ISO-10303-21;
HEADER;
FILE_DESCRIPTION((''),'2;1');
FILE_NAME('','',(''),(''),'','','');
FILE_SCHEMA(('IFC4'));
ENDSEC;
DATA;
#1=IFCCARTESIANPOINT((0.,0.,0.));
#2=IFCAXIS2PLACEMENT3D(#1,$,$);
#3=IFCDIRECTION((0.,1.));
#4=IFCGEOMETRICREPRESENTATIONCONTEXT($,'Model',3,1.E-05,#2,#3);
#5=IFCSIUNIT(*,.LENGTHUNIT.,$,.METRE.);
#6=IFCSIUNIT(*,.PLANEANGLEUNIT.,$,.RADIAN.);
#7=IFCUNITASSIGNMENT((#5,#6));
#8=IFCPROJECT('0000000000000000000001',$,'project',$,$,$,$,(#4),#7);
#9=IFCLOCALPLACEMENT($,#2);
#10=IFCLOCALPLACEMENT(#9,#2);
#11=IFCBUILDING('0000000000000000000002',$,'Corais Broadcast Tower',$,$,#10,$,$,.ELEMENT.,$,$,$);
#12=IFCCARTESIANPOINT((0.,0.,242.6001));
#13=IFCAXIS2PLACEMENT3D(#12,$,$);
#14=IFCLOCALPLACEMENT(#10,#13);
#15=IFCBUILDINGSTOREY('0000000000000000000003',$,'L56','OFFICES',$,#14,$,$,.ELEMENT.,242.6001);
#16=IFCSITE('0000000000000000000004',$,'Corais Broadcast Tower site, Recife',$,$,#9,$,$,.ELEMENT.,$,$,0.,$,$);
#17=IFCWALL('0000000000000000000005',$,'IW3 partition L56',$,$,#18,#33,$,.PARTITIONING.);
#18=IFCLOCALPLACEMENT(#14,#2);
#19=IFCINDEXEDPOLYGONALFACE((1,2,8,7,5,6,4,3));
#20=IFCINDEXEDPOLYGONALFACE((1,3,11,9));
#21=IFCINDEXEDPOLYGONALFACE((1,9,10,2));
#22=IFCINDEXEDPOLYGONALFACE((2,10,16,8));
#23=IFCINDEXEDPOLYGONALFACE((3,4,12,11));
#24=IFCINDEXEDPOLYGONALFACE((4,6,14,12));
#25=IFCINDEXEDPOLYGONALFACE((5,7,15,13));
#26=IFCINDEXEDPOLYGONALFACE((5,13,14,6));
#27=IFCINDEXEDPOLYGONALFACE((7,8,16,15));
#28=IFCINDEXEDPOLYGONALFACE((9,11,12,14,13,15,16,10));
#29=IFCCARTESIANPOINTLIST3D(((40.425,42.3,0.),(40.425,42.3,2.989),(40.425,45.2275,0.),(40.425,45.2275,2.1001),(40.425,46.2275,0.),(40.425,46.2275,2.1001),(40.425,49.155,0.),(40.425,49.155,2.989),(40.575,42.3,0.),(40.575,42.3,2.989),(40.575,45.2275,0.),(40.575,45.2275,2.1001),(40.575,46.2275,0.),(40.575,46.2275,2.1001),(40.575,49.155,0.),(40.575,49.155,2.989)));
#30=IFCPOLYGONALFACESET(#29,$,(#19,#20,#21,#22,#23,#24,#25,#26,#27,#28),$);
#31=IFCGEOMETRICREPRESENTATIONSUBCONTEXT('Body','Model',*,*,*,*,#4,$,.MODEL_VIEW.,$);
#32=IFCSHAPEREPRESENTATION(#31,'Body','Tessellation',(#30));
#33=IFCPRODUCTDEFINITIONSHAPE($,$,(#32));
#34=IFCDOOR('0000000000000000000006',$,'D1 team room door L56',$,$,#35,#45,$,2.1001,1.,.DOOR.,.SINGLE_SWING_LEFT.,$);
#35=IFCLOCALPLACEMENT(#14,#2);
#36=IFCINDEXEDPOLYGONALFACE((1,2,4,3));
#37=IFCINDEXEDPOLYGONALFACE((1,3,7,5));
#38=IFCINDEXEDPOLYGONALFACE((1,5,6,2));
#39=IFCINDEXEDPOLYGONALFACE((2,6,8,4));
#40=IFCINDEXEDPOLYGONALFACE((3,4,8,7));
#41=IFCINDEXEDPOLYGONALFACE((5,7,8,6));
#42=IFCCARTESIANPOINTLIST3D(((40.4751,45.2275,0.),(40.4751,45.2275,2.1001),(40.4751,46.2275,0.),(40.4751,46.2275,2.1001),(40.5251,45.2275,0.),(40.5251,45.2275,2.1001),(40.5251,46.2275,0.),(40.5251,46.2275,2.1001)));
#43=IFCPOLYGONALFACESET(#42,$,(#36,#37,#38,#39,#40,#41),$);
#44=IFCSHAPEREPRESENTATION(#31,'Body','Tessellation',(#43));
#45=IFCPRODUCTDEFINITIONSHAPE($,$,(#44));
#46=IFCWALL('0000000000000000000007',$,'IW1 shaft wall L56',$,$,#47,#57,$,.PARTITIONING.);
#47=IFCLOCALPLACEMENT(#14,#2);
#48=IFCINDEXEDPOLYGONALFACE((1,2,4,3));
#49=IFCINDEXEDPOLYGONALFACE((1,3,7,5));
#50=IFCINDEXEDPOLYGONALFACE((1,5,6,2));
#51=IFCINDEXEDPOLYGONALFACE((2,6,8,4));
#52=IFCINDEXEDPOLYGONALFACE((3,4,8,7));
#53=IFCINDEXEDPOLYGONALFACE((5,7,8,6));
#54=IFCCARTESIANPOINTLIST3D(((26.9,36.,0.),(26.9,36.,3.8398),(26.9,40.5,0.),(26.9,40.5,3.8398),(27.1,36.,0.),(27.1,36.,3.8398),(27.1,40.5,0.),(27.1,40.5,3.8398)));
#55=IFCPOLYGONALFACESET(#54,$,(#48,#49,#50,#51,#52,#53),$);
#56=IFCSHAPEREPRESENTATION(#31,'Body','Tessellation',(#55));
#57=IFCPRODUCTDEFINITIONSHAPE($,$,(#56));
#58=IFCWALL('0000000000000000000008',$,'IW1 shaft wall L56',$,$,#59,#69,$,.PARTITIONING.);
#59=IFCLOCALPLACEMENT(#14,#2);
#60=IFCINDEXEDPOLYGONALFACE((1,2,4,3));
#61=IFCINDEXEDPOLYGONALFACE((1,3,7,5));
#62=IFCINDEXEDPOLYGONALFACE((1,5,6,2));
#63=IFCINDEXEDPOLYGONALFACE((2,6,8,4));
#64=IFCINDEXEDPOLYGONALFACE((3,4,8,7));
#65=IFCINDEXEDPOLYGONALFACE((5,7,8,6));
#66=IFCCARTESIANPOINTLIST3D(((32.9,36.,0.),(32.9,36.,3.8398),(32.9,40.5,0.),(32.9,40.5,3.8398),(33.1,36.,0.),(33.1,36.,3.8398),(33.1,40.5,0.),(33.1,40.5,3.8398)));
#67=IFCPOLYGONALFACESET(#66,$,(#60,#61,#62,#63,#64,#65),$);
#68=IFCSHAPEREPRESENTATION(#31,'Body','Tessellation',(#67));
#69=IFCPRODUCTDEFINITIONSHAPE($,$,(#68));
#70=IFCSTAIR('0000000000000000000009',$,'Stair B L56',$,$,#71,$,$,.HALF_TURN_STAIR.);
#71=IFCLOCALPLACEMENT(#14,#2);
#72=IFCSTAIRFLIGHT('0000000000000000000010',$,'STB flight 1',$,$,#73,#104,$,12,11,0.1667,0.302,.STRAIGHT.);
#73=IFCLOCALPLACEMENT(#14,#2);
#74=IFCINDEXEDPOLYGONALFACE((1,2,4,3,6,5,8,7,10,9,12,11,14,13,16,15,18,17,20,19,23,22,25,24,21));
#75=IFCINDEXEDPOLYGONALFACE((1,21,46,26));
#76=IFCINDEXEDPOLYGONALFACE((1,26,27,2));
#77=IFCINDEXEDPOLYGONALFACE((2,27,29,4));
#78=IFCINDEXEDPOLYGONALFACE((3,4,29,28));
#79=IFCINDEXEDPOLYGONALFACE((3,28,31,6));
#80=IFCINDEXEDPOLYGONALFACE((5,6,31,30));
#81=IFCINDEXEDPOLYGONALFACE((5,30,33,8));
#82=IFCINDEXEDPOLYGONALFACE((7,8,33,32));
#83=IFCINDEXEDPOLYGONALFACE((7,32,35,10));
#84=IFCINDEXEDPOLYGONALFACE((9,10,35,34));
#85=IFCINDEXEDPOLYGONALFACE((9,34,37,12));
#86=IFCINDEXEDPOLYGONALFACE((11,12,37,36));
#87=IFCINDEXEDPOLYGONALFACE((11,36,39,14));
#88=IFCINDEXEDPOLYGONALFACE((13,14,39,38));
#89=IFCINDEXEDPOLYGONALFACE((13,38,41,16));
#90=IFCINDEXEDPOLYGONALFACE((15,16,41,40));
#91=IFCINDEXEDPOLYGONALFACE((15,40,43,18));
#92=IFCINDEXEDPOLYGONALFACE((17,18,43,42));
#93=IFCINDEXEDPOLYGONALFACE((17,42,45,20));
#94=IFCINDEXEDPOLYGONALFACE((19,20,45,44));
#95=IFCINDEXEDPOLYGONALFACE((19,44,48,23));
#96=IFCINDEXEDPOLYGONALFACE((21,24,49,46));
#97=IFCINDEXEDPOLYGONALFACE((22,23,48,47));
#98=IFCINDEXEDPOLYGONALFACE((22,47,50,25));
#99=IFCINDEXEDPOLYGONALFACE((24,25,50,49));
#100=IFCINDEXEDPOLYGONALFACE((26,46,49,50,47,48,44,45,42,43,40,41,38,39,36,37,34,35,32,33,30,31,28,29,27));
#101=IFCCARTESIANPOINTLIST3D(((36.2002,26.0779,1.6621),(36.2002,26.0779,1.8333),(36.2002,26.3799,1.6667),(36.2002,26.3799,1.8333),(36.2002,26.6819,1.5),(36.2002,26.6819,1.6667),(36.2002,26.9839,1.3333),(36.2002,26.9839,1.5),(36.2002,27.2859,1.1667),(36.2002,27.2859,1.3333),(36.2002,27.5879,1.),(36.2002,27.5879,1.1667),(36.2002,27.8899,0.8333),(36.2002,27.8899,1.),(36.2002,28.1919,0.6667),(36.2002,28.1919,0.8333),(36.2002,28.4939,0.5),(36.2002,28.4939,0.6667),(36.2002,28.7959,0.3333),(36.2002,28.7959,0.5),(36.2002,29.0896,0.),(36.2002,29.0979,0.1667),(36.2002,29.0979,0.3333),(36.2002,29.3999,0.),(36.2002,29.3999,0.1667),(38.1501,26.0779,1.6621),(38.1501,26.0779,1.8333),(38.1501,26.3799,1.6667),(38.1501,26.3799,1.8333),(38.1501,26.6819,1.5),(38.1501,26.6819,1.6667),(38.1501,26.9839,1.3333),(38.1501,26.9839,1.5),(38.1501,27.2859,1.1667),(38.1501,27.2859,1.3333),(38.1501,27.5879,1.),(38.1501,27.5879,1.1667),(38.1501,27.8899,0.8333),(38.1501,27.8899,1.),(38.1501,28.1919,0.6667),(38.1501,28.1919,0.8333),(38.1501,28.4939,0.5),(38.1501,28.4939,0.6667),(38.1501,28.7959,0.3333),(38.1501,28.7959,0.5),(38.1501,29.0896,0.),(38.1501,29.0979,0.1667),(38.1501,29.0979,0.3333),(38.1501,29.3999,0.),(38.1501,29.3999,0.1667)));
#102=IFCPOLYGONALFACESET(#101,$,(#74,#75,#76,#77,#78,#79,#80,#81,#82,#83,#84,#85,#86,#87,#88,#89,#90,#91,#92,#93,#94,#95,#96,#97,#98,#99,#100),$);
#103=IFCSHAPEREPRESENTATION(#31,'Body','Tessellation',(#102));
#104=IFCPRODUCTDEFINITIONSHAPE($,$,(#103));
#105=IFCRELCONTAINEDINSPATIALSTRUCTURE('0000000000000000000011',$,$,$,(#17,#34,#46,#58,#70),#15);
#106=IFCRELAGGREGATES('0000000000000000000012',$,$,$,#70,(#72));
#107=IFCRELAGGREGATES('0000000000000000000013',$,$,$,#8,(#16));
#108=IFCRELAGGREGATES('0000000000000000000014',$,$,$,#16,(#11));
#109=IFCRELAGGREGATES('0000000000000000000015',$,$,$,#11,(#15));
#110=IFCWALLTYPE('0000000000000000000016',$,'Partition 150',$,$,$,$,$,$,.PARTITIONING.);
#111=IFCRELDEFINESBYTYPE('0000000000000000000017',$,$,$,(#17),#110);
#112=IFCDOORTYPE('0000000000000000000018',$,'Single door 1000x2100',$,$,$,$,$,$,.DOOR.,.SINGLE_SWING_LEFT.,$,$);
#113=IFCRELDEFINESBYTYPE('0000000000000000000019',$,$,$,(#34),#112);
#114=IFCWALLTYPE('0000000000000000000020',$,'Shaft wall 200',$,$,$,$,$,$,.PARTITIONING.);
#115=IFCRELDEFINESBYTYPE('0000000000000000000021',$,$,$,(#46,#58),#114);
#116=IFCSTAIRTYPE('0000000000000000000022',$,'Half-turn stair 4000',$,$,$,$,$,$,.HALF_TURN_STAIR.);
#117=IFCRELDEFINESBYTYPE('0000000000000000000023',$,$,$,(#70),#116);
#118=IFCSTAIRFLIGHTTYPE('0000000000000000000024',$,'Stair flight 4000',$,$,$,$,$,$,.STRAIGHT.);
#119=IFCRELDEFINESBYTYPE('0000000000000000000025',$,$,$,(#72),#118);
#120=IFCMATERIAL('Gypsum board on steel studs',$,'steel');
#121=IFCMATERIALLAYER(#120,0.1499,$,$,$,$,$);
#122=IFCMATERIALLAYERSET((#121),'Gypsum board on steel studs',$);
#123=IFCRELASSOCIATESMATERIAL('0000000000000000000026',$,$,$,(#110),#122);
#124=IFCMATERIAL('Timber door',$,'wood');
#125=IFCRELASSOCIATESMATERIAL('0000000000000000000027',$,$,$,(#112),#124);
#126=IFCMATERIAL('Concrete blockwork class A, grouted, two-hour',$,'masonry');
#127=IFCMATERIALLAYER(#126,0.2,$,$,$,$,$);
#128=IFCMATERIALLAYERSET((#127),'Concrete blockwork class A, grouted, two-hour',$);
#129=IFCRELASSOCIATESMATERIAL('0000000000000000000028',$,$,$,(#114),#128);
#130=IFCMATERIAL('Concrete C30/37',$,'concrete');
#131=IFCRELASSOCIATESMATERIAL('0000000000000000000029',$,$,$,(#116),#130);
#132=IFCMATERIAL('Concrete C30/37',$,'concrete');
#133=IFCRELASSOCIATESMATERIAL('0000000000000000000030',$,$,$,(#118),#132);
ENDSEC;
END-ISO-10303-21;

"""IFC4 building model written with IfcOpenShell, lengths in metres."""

from ifc_helpers import new_model, si_unit, direction, frame, frame_2d, origin, place, context, subcontext, project, spatial, polyline, rectangle, outline, extrude, material, layer, layer_set, type_object, element, fill, aggregate, save


model = new_model("IFC4")

# Units and contexts
model_context = context("Model", 3, precision=1e-05, world=origin(), true_north=direction((0.0, 1.0)))
body_context = subcontext(model_context, "Body", "Model", "MODEL_VIEW")
ifc_project = project(units=[si_unit("LENGTHUNIT", "METRE"), si_unit("PLANEANGLEUNIT", "RADIAN")], contexts=[model_context])

# Site, building, storey
site_placement = place(None, origin())
site = spatial("IfcSite", under=ifc_project, at=site_placement, Name="Corais Broadcast Tower site, Recife", CompositionType="ELEMENT", RefElevation=0.0)
building_placement = place(site_placement, origin())
building = spatial("IfcBuilding", under=site, at=building_placement, Name="Corais Broadcast Tower", CompositionType="ELEMENT")
storey_placement = place(building_placement, frame((0.0, 0.0, 242.6001)))
storey = spatial("IfcBuildingStorey", under=building, at=storey_placement, Name="L56", Description="OFFICES", CompositionType="ELEMENT", Elevation=242.6001)

# Shared definitions
ifc_material_1 = material(Name="Gypsum board on steel studs", Category="steel")
ifc_layer_1 = layer(ifc_material_1, 0.1499)
ifc_layer_set_1 = layer_set([ifc_layer_1], Name="Gypsum board on steel studs")
wall_type_1 = type_object("IfcWallType", Name="Partition 150", PredefinedType="PARTITIONING", material=ifc_layer_set_1)
ifc_material_2 = material(Name="Timber door", Category="wood")
door_type = type_object("IfcDoorType", Name="Single door 1000x2100", OperationType="SINGLE_SWING_LEFT", PredefinedType="DOOR", material=ifc_material_2)

# Wall, opening, door
wall_1_placement = place(storey_placement, frame((40.5, 42.3, 0.0), z_axis=(0.0, 0.0, 1.0), x_axis=(0.0, 1.0, 0.0)))
wall_1 = element("IfcWall", 1, at=wall_1_placement, inside=storey, type_object=wall_type_1, Name="IW3 partition L56", PredefinedType="PARTITIONING", context=body_context, shape_type="SweptSolid", body=[
    extrude(rectangle(XDim=6.855, YDim=0.1499, at=frame_2d((3.4275, 0.0))), origin(), (0.0, 0.0, 1.0), 2.989),
])
opening_1_placement = place(wall_1_placement, frame((2.9275, 0.0, 0.0)))
opening_1 = element("IfcOpeningElement", 2, at=opening_1_placement, cuts=wall_1, PredefinedType="OPENING", context=body_context, shape_type="SweptSolid", body=[
    extrude(rectangle(XDim=1.0, YDim=2.1001, at=frame_2d((0.5, 1.05))), frame((0.0, 0.085, 0.0), z_axis=(0.0, -1.0, 0.0), x_axis=(1.0, 0.0, 0.0)), (0.0, 0.0, 1.0), 0.1699),
])
door_1_placement = place(opening_1_placement, origin())
door_1 = element("IfcDoor", 3, at=door_1_placement, inside=storey, type_object=door_type, Name="D1 team room door L56", OperationType="SINGLE_SWING_LEFT", OverallHeight=2.1001, OverallWidth=1.0, PredefinedType="DOOR", context=body_context, shape_type="SweptSolid", body=[
    extrude(rectangle(XDim=1.0, YDim=2.1001, at=frame_2d((0.5, 1.05))), frame((0.0, 0.0249, 0.0), z_axis=(0.0, -1.0, 0.0), x_axis=(1.0, 0.0, 0.0)), (0.0, 0.0, 1.0), 0.05),
])
fill(opening_1, door_1)

# Walls
ifc_material_3 = material(Name="Concrete blockwork class A, grouted, two-hour", Category="masonry")
ifc_layer_2 = layer(ifc_material_3, 0.2)
ifc_layer_set_2 = layer_set([ifc_layer_2], Name="Concrete blockwork class A, grouted, two-hour")
wall_type_2 = type_object("IfcWallType", Name="Shaft wall 200", PredefinedType="PARTITIONING", material=ifc_layer_set_2)
for number, where, z_axis, x_axis, name in (
    (4, (27.0, 36.0, 0.0), (0.0, 0.0, 1.0), (0.0, 1.0, 0.0), "IW1 shaft wall L56"),
    (5, (33.0, 36.0, 0.0), (0.0, 0.0, 1.0), (0.0, 1.0, 0.0), "IW1 shaft wall L56"),
):
    element("IfcWall", number, at=place(storey_placement, frame(where, z_axis=z_axis, x_axis=x_axis)), inside=storey, type_object=wall_type_2, Name=name, PredefinedType="PARTITIONING", context=body_context, shape_type="SweptSolid", body=[
        extrude(rectangle(XDim=4.5, YDim=0.2, at=frame_2d((2.25, 0.0))), origin(), (0.0, 0.0, 1.0), 3.8398),
    ])

# Stair, stair flight
ifc_material_4 = material(Name="Concrete C30/37", Category="concrete")
stair_type = type_object("IfcStairType", Name="Half-turn stair 4000", PredefinedType="HALF_TURN_STAIR", material=ifc_material_4)
stair_placement = place(storey_placement, origin())
stair = element("IfcStair", 6, at=stair_placement, inside=storey, type_object=stair_type, Name="Stair B L56", PredefinedType="HALF_TURN_STAIR")
ifc_material_5 = material(Name="Concrete C30/37", Category="concrete")
stair_flight_type = type_object("IfcStairFlightType", Name="Stair flight 4000", PredefinedType="STRAIGHT", material=ifc_material_5)
stair_flight_placement = place(storey_placement, frame((37.175, 29.3999, 0.0), z_axis=(0.0, 0.0, 1.0), x_axis=(0.0, -1.0, 0.0)))
stair_flight = element("IfcStairFlight", 7, at=stair_flight_placement, type_object=stair_flight_type, Name="STB flight 1", NumberOfRisers=12, NumberOfTreads=11, PredefinedType="STRAIGHT", RiserHeight=0.1667, TreadLength=0.302, context=body_context, shape_type="SweptSolid", body=[
    extrude(outline(polyline([(0.0, 0.0), (0.0, 0.1667), (0.302, 0.1667), (0.302, 0.3333), (0.604, 0.3333), (0.604, 0.5), (0.906, 0.5), (0.906, 0.6667), (1.208, 0.6667), (1.208, 0.8333), (1.51, 0.8333), (1.51, 1.0), (1.812, 1.0), (1.812, 1.1667), (2.114, 1.1667), (2.114, 1.3333), (2.416, 1.3333), (2.416, 1.5), (2.718, 1.5), (2.718, 1.6667), (3.02, 1.6667), (3.02, 1.8333), (3.322, 1.8333), (3.322, 2.0), (3.322, 1.6621), (0.3103, 0.0), (0.0, 0.0)])), frame((0.0, 0.9751, 0.0), z_axis=(0.0, -1.0, 0.0), x_axis=(1.0, 0.0, 0.0)), (0.0, 0.0, 1.0), 1.95),
])
aggregate(stair, [stair_flight])

save(model, "model.ifc")
